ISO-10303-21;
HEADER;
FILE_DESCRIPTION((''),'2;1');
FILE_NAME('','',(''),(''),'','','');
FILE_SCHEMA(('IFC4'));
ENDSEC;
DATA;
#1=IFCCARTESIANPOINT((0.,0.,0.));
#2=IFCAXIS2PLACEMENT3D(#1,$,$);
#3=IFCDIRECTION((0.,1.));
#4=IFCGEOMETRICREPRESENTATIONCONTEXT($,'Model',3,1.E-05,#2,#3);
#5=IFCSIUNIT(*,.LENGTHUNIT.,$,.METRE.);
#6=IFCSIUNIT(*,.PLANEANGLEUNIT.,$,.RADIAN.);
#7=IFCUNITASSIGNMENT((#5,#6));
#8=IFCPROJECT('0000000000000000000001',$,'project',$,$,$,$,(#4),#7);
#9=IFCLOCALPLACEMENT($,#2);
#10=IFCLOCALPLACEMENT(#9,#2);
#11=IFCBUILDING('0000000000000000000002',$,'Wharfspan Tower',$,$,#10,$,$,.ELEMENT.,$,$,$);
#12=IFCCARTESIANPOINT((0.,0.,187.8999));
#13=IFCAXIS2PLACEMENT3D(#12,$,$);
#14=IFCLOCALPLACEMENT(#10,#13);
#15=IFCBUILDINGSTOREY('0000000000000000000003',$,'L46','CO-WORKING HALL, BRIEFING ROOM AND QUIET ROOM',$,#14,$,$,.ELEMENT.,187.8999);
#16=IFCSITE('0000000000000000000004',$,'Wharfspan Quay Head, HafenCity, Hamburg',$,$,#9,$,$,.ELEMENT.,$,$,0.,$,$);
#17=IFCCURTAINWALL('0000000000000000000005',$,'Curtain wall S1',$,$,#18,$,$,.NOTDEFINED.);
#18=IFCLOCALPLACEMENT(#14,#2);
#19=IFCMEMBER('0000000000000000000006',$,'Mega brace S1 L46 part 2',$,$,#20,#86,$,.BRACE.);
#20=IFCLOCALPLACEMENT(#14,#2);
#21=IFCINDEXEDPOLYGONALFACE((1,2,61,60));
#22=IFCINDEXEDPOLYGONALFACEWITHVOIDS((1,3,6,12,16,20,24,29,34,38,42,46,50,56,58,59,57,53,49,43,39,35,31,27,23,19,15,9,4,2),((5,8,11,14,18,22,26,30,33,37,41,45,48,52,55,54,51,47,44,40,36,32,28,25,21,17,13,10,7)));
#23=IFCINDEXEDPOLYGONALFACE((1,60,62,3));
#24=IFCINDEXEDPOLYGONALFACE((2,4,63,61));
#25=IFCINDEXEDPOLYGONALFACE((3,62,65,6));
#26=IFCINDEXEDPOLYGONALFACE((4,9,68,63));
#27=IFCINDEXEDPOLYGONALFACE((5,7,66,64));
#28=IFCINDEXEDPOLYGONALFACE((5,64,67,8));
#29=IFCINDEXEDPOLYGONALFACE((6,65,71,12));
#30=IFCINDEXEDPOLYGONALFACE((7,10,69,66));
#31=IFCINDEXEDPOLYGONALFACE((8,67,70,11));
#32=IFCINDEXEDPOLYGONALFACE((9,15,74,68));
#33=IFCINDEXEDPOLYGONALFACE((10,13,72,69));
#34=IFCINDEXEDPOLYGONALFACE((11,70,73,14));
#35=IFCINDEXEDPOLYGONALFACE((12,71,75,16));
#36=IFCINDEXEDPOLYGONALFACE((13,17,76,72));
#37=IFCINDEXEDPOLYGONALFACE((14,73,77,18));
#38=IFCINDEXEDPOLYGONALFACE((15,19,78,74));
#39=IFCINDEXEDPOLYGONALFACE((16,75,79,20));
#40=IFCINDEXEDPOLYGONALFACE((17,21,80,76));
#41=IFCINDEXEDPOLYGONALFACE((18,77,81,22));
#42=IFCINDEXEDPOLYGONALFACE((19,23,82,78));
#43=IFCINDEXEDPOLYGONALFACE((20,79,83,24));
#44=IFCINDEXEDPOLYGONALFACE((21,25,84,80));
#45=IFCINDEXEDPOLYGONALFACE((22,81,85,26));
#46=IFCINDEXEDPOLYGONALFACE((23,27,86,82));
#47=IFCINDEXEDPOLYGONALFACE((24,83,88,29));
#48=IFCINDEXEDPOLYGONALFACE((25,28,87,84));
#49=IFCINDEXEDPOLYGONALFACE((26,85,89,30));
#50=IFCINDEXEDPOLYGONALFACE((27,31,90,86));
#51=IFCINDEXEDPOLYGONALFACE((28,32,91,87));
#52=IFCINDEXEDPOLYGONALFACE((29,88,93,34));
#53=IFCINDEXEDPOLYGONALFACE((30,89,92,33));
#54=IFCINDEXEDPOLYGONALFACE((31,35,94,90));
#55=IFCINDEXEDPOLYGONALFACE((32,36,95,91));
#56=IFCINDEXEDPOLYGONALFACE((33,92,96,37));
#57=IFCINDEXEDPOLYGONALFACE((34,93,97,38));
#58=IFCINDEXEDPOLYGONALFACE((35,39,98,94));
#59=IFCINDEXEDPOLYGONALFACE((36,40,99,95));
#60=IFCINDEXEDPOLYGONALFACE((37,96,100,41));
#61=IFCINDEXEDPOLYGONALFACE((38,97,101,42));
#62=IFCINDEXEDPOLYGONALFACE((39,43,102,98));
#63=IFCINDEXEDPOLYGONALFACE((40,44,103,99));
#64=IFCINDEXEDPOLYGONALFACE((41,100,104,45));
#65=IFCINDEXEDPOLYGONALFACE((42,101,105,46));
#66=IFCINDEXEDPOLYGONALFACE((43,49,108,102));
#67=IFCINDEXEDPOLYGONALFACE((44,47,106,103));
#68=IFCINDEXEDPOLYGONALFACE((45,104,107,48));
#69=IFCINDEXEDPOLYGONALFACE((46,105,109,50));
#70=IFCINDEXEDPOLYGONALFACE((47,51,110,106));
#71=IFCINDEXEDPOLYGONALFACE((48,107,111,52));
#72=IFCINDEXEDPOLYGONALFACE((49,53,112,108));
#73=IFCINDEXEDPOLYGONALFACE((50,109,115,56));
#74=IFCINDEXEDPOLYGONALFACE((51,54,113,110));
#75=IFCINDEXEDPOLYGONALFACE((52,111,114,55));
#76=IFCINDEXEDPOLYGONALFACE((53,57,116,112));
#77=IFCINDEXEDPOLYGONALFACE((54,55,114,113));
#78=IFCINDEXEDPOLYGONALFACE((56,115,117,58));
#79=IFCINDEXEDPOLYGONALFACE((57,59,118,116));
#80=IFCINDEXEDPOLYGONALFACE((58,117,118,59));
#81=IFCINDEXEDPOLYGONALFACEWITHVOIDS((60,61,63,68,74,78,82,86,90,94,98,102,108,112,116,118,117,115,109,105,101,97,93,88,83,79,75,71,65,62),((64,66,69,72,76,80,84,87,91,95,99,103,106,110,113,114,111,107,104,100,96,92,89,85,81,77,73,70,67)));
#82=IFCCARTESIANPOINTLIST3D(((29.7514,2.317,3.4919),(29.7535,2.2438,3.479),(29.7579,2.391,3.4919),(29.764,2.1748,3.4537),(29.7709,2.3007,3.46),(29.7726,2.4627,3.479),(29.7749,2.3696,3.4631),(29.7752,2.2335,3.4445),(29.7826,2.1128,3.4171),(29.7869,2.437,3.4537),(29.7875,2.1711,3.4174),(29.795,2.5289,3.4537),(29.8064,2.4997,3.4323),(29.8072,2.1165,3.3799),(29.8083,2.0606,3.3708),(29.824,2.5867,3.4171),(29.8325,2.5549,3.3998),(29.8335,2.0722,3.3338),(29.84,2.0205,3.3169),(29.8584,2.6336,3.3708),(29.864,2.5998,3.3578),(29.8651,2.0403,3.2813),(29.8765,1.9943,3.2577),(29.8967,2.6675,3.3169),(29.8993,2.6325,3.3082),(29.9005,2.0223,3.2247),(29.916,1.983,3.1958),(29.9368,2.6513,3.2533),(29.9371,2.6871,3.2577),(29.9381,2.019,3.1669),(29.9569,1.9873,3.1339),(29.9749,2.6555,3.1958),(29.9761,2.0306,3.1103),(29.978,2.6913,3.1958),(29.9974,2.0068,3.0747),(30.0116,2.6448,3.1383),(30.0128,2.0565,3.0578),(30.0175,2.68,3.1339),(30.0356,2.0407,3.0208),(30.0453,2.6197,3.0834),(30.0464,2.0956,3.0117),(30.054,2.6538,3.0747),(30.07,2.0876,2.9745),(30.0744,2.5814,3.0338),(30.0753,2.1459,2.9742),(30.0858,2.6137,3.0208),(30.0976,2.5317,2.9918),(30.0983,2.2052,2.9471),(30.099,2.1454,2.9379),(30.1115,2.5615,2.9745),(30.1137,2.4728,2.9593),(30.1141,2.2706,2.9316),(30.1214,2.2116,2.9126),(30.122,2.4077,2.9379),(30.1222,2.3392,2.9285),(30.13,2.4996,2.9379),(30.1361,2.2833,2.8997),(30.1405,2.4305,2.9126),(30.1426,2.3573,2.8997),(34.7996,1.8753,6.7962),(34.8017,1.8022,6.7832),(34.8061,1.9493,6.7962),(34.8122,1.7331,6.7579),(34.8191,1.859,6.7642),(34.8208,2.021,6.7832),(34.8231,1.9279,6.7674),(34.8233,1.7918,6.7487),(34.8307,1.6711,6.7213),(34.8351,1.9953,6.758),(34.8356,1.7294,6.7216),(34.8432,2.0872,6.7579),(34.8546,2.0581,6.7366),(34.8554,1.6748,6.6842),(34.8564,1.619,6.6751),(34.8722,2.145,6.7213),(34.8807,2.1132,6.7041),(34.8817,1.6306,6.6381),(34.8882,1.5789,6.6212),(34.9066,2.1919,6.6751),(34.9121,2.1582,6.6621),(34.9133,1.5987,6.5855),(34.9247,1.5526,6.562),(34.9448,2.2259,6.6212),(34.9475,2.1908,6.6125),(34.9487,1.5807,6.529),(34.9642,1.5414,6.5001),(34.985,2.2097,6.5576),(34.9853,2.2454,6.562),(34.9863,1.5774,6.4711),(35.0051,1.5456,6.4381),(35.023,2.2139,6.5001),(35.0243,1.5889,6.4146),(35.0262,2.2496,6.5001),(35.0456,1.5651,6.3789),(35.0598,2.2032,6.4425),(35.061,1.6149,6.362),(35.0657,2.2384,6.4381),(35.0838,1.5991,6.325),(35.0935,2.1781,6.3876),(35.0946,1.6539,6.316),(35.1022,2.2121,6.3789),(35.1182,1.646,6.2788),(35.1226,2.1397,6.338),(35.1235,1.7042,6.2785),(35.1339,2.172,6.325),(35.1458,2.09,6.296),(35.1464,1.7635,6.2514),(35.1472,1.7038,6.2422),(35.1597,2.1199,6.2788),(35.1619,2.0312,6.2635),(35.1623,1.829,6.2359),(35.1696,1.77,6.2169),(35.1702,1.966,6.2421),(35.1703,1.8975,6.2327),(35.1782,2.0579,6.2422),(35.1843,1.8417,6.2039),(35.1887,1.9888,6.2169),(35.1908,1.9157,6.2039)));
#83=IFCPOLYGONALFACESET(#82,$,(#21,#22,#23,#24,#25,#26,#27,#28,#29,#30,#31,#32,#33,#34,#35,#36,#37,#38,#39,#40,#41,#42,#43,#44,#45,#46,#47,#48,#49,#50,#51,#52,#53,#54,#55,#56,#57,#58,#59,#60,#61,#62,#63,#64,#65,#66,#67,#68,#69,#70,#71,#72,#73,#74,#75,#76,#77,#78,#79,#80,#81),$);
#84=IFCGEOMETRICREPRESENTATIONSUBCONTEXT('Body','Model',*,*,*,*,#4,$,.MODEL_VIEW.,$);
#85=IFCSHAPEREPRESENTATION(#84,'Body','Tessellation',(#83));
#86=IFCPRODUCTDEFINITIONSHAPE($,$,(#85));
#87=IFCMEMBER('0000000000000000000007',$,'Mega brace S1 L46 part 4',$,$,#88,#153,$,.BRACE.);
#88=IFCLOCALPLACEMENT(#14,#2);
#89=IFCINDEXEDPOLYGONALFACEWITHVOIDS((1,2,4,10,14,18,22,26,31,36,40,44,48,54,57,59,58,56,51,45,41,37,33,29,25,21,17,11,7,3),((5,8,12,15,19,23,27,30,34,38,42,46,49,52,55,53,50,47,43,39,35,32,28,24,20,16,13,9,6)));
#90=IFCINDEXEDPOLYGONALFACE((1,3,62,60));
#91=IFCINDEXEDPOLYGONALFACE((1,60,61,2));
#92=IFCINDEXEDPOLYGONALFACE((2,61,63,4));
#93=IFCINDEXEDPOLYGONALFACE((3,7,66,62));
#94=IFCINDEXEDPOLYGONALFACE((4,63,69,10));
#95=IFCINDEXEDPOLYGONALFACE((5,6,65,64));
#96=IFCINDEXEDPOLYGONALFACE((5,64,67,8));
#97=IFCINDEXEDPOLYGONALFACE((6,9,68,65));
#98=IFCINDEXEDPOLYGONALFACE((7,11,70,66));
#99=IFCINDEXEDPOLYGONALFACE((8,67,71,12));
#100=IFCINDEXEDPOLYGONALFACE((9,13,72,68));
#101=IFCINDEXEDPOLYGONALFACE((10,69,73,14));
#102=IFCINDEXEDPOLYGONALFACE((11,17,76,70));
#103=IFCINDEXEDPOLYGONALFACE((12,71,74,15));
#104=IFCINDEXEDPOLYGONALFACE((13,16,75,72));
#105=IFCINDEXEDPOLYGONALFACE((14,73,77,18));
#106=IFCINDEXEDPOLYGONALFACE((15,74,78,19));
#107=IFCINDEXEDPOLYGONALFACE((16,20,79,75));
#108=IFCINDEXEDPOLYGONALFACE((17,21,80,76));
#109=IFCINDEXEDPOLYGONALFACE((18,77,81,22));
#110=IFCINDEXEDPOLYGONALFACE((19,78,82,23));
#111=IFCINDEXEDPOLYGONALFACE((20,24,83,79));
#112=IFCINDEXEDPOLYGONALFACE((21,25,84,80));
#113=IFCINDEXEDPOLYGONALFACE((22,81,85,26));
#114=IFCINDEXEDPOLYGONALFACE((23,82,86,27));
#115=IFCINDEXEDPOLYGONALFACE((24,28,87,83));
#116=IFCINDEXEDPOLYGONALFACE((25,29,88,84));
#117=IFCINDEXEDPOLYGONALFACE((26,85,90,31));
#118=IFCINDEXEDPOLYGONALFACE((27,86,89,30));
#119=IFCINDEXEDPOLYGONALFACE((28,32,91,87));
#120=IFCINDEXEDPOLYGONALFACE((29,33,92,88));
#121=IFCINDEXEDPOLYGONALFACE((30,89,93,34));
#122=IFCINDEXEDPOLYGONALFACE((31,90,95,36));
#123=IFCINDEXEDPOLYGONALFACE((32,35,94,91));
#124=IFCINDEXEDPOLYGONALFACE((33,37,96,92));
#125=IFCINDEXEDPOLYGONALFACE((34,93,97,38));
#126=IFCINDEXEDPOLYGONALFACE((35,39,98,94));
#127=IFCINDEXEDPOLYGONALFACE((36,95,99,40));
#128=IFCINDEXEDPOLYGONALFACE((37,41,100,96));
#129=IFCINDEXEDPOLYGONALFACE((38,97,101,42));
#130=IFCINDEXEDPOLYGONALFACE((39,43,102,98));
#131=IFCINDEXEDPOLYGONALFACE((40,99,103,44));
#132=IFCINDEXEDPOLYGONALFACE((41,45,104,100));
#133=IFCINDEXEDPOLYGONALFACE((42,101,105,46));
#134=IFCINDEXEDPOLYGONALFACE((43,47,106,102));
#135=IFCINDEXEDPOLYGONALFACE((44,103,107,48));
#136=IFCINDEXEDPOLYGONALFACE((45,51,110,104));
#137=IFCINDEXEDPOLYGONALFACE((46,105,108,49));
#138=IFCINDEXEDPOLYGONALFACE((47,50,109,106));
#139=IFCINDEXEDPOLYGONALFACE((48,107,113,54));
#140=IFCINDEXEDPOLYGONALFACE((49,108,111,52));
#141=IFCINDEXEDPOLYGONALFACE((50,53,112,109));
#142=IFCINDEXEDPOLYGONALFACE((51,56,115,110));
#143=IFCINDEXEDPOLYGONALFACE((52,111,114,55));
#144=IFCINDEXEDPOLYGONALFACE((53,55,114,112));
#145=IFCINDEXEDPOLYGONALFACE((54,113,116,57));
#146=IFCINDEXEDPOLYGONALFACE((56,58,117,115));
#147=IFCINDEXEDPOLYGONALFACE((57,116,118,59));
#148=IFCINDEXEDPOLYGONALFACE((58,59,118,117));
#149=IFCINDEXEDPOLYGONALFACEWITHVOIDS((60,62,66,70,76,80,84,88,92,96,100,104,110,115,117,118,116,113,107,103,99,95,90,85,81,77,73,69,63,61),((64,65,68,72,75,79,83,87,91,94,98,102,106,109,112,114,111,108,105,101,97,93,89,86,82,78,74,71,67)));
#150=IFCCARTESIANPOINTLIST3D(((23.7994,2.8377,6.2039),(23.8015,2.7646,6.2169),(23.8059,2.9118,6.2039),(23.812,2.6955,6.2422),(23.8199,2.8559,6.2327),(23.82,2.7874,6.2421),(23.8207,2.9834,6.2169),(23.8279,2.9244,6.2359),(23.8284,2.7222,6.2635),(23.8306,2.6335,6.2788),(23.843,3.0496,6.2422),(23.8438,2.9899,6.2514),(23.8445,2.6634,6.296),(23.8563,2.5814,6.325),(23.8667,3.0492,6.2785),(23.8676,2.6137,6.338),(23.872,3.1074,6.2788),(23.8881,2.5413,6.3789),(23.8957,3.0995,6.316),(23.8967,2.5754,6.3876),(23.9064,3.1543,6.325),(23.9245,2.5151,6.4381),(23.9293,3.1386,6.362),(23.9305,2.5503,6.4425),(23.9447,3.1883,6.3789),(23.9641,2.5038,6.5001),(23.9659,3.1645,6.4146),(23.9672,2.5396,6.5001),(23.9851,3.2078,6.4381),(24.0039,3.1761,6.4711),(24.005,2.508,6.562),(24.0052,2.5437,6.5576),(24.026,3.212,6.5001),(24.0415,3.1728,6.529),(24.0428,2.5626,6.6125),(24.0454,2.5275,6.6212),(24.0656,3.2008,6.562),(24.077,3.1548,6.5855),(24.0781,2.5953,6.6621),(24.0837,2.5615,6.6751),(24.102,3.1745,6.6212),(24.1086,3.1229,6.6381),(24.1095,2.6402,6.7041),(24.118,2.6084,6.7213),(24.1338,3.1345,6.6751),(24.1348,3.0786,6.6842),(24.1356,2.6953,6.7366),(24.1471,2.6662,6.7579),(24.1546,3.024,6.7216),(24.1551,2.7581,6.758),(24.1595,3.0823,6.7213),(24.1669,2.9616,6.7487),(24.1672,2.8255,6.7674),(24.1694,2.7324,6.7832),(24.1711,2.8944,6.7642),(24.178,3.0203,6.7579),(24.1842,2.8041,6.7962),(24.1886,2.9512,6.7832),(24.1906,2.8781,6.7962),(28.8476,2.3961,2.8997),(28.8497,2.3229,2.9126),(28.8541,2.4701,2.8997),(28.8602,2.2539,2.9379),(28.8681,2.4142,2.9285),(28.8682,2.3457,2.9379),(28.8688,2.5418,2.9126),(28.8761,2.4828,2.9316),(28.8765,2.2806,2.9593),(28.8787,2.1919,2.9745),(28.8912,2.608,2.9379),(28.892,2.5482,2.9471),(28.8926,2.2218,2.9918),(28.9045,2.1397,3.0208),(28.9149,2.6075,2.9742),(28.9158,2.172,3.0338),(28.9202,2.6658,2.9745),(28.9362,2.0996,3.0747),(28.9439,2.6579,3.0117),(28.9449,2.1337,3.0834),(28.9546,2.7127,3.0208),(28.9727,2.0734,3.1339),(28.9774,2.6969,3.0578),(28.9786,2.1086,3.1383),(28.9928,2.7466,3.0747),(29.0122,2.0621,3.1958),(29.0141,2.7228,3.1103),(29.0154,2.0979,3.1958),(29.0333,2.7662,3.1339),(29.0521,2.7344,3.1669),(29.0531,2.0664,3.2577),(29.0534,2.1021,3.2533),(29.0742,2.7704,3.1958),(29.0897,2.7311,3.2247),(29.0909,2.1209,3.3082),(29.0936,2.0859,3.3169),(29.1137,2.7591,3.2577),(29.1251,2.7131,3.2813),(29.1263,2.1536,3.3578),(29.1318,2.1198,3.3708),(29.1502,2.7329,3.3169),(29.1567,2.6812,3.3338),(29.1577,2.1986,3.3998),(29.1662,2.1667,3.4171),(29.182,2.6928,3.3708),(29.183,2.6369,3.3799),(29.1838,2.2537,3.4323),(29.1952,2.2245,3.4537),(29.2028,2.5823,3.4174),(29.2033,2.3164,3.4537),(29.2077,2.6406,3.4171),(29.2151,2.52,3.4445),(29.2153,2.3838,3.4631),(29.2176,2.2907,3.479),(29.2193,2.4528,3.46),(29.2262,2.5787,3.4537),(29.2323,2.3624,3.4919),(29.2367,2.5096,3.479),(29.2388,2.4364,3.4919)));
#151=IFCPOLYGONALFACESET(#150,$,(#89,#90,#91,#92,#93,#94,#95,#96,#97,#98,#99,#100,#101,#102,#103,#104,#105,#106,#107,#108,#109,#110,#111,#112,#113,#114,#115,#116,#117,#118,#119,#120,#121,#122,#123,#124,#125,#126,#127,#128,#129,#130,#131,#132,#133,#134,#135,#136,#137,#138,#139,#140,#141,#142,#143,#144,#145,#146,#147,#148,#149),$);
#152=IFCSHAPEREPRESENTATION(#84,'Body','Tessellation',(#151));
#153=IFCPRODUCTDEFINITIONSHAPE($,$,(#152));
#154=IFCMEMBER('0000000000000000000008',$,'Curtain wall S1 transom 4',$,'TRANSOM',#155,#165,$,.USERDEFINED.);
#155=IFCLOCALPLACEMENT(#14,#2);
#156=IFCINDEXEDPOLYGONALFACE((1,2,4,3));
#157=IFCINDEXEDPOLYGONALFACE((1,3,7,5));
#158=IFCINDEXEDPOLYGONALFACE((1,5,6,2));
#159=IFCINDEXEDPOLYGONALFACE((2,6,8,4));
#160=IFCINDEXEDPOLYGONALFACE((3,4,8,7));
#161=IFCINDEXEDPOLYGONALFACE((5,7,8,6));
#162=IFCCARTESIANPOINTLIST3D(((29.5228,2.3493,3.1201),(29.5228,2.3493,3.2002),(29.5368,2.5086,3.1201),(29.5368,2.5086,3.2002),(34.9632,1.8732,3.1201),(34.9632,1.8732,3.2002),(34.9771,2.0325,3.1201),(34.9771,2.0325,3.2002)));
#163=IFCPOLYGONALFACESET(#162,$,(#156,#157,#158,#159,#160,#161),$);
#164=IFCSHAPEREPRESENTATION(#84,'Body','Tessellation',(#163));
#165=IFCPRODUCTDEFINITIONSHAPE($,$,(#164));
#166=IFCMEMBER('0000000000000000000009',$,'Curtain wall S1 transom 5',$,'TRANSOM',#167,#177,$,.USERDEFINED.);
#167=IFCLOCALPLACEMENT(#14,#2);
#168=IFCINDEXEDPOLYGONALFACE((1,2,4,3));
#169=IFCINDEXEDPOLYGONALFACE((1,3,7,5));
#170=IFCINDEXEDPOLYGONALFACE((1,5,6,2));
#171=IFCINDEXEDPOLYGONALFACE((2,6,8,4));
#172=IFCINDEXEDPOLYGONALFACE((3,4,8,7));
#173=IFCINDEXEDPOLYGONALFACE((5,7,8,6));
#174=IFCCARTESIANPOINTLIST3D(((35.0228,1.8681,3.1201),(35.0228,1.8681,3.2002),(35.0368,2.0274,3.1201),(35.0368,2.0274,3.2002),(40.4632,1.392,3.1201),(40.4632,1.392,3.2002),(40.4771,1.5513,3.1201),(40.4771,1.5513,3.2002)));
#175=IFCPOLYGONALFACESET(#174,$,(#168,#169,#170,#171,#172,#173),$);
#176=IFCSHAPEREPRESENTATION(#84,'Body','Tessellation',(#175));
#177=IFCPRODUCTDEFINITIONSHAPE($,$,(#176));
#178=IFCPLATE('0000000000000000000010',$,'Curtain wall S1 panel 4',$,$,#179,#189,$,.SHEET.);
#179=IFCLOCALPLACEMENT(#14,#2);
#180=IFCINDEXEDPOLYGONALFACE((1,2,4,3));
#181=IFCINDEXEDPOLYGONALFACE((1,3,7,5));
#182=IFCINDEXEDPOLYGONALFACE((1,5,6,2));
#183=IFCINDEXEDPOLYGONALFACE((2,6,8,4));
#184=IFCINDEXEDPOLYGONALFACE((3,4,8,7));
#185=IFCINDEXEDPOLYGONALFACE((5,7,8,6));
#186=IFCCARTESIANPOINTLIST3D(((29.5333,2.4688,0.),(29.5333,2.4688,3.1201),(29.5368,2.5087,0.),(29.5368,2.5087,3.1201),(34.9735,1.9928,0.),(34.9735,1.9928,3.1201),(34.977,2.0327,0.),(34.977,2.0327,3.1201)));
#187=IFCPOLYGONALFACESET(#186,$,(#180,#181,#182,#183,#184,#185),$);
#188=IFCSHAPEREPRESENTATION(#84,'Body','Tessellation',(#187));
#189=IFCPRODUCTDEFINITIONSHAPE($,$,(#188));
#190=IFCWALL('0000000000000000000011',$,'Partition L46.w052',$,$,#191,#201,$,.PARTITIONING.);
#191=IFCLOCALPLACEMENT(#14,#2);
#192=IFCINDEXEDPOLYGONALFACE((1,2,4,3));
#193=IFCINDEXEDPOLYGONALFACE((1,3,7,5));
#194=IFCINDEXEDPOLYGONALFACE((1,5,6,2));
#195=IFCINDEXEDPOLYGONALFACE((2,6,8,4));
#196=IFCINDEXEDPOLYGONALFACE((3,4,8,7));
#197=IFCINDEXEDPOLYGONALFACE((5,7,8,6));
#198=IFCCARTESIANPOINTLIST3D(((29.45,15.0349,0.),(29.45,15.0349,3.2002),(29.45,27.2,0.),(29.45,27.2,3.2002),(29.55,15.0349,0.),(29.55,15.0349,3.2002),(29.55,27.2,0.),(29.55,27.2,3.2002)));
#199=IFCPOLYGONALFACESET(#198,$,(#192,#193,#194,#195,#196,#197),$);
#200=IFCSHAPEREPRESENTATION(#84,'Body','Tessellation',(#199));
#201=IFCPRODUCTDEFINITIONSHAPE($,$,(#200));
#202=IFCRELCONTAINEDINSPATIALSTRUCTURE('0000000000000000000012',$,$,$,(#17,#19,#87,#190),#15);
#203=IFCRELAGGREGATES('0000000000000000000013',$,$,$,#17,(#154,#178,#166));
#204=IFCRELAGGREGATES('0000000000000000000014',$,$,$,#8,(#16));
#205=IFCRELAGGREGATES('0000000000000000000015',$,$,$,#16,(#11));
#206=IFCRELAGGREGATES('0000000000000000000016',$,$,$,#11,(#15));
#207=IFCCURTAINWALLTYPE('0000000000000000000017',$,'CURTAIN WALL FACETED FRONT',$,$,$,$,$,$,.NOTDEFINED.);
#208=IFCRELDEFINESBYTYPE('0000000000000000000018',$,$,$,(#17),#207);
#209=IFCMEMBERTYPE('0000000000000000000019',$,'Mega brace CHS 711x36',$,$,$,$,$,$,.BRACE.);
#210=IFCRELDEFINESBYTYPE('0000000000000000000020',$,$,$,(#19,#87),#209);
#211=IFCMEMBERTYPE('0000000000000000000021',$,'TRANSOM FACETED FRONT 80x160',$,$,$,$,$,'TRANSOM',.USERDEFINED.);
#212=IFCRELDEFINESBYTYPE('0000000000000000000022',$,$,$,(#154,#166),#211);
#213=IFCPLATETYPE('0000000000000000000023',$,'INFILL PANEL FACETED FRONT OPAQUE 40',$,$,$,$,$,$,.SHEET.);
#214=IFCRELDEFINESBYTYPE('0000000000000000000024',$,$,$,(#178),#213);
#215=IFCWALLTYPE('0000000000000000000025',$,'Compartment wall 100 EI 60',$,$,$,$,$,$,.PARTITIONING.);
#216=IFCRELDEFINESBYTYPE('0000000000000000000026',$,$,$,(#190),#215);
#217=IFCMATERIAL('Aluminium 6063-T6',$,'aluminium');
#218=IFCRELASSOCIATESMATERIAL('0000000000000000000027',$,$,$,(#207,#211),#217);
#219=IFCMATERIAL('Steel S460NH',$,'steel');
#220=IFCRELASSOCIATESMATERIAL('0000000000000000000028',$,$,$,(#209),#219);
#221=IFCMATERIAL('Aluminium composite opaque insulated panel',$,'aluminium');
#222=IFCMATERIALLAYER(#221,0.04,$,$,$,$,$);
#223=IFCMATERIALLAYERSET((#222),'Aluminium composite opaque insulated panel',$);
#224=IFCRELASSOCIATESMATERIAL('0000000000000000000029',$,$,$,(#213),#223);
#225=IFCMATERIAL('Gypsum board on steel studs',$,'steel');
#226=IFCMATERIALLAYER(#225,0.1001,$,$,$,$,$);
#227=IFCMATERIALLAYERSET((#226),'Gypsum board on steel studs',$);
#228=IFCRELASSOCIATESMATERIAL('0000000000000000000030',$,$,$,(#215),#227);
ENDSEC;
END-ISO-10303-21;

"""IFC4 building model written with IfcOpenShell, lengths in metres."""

from ifc_helpers import new_model, si_unit, direction, frame, frame_2d, origin, origin_2d, place, context, subcontext, project, spatial, rectangle, hollow_circle, extrude, material, layer, layer_set, material_profile, profile_set, type_object, element, aggregate, save


model = new_model("IFC4")

# Units and contexts
model_context = context("Model", 3, precision=1e-05, world=origin(), true_north=direction((0.0, 1.0)))
body_context = subcontext(model_context, "Body", "Model", "MODEL_VIEW")
ifc_project = project(units=[si_unit("LENGTHUNIT", "METRE"), si_unit("PLANEANGLEUNIT", "RADIAN")], contexts=[model_context])

# Site, building, storey
site_placement = place(None, origin())
site = spatial("IfcSite", under=ifc_project, at=site_placement, Name="Wharfspan Quay Head, HafenCity, Hamburg", CompositionType="ELEMENT", RefElevation=0.0)
building_placement = place(site_placement, origin())
building = spatial("IfcBuilding", under=site, at=building_placement, Name="Wharfspan Tower", CompositionType="ELEMENT")
storey_placement = place(building_placement, frame((0.0, 0.0, 187.8999)))
storey = spatial("IfcBuildingStorey", under=building, at=storey_placement, Name="L46", Description="CO-WORKING HALL, BRIEFING ROOM AND QUIET ROOM", CompositionType="ELEMENT", Elevation=187.8999)

# Curtain wall
ifc_material_1 = material(Name="Aluminium 6063-T6", Category="aluminium")
curtain_wall_type = type_object("IfcCurtainWallType", Name="CURTAIN WALL FACETED FRONT", PredefinedType="NOTDEFINED", material=ifc_material_1)
curtain_wall_placement = place(storey_placement, origin())
curtain_wall = element("IfcCurtainWall", 1, at=curtain_wall_placement, inside=storey, type_object=curtain_wall_type, Name="Curtain wall S1", PredefinedType="NOTDEFINED")

# Members
ifc_material_2 = material(Name="Steel S460NH", Category="steel")
ifc_material_profile_1 = material_profile(ifc_material_2, hollow_circle(Radius=0.3555, WallThickness=0.0359, at=origin_2d()))
ifc_profile_set_1 = profile_set([ifc_material_profile_1], Name="Steel S460NH")
member_type_1 = type_object("IfcMemberType", Name="Mega brace CHS 711x36", PredefinedType="BRACE", material=ifc_profile_set_1)
for number, where, z_axis, x_axis, name in (
    (2, (29.947, 2.3372, 3.1958), (0.834469, -0.073006, 0.546197), (0.087156, 0.996198, -0.000001), "Mega brace S1 L46 part 2"),
    (3, (29.0432, 2.4163, 3.1958), (-0.834469, 0.073006, 0.546197), (-0.087156, -0.996198, -0.000001), "Mega brace S1 L46 part 4"),
):
    element("IfcMember", number, at=place(storey_placement, frame(where, z_axis=z_axis, x_axis=x_axis)), inside=storey, type_object=member_type_1, Name=name, PredefinedType="BRACE", context=body_context, shape_type="SweptSolid", body=[
        extrude(hollow_circle(Radius=0.3555, WallThickness=0.0359, at=origin_2d()), origin(), (0.0, 0.0, 1.0), 6.0496),
    ])

# Members
ifc_material_profile_2 = material_profile(ifc_material_1, rectangle(XDim=0.1599, YDim=0.0801, at=origin_2d()))
ifc_profile_set_2 = profile_set([ifc_material_profile_2], Name="Aluminium 6063-T6")
member_type_2 = type_object("IfcMemberType", Name="TRANSOM FACETED FRONT 80x160", ElementType="TRANSOM", PredefinedType="USERDEFINED", material=ifc_profile_set_2)
member_1_placement = place(storey_placement, frame((29.5298, 2.429, 3.1602), z_axis=(0.996193, -0.087174, 0.0), x_axis=(0.087174, 0.996193, 0.0)))
member_1 = element("IfcMember", 4, at=member_1_placement, type_object=member_type_2, Name="Curtain wall S1 transom 4", ObjectType="TRANSOM", PredefinedType="USERDEFINED", context=body_context, shape_type="SweptSolid", body=[
    extrude(rectangle(XDim=0.1599, YDim=0.0801, at=origin_2d()), origin(), (0.0, 0.0, 1.0), 5.4612),
])
member_2_placement = place(storey_placement, frame((35.0298, 1.9478, 3.1602), z_axis=(0.996193, -0.087174, 0.0), x_axis=(0.087174, 0.996193, 0.0)))
member_2 = element("IfcMember", 5, at=member_2_placement, type_object=member_type_2, Name="Curtain wall S1 transom 5", ObjectType="TRANSOM", PredefinedType="USERDEFINED", context=body_context, shape_type="SweptSolid", body=[
    extrude(rectangle(XDim=0.1599, YDim=0.0801, at=origin_2d()), origin(), (0.0, 0.0, 1.0), 5.4612),
])

# Plate
ifc_material_3 = material(Name="Aluminium composite opaque insulated panel", Category="aluminium")
ifc_layer_1 = layer(ifc_material_3, 0.04)
ifc_layer_set_1 = layer_set([ifc_layer_1], Name="Aluminium composite opaque insulated panel")
plate_type = type_object("IfcPlateType", Name="INFILL PANEL FACETED FRONT OPAQUE 40", PredefinedType="SHEET", material=ifc_layer_set_1)
plate_placement = place(storey_placement, frame((32.2551, 2.2507, 0.0), z_axis=(0.0, 0.0, 1.0), x_axis=(0.996198, -0.087156, 0.0)))
plate = element("IfcPlate", 6, at=plate_placement, type_object=plate_type, Name="Curtain wall S1 panel 4", PredefinedType="SHEET", context=body_context, shape_type="SweptSolid", body=[
    extrude(rectangle(XDim=5.4609, YDim=0.04, at=origin_2d()), origin(), (0.0, 0.0, 1.0), 3.1201),
])
aggregate(curtain_wall, [member_1, plate, member_2])

# Wall
ifc_material_4 = material(Name="Gypsum board on steel studs", Category="steel")
ifc_layer_2 = layer(ifc_material_4, 0.1001)
ifc_layer_set_2 = layer_set([ifc_layer_2], Name="Gypsum board on steel studs")
wall_type_1 = type_object("IfcWallType", Name="Compartment wall 100 EI 60", PredefinedType="PARTITIONING", material=ifc_layer_set_2)
wall_1_placement = place(storey_placement, frame((29.5, 15.0349, 0.0), z_axis=(0.0, 0.0, 1.0), x_axis=(0.0, 1.0, 0.0)))
element("IfcWall", 7, at=wall_1_placement, inside=storey, type_object=wall_type_1, Name="Partition L46.w052", PredefinedType="PARTITIONING", context=body_context, shape_type="SweptSolid", body=[
    extrude(rectangle(XDim=12.165, YDim=0.1001, at=frame_2d((6.0825, 0.0))), origin(), (0.0, 0.0, 1.0), 3.2002),
])

save(model, "model.ifc")
